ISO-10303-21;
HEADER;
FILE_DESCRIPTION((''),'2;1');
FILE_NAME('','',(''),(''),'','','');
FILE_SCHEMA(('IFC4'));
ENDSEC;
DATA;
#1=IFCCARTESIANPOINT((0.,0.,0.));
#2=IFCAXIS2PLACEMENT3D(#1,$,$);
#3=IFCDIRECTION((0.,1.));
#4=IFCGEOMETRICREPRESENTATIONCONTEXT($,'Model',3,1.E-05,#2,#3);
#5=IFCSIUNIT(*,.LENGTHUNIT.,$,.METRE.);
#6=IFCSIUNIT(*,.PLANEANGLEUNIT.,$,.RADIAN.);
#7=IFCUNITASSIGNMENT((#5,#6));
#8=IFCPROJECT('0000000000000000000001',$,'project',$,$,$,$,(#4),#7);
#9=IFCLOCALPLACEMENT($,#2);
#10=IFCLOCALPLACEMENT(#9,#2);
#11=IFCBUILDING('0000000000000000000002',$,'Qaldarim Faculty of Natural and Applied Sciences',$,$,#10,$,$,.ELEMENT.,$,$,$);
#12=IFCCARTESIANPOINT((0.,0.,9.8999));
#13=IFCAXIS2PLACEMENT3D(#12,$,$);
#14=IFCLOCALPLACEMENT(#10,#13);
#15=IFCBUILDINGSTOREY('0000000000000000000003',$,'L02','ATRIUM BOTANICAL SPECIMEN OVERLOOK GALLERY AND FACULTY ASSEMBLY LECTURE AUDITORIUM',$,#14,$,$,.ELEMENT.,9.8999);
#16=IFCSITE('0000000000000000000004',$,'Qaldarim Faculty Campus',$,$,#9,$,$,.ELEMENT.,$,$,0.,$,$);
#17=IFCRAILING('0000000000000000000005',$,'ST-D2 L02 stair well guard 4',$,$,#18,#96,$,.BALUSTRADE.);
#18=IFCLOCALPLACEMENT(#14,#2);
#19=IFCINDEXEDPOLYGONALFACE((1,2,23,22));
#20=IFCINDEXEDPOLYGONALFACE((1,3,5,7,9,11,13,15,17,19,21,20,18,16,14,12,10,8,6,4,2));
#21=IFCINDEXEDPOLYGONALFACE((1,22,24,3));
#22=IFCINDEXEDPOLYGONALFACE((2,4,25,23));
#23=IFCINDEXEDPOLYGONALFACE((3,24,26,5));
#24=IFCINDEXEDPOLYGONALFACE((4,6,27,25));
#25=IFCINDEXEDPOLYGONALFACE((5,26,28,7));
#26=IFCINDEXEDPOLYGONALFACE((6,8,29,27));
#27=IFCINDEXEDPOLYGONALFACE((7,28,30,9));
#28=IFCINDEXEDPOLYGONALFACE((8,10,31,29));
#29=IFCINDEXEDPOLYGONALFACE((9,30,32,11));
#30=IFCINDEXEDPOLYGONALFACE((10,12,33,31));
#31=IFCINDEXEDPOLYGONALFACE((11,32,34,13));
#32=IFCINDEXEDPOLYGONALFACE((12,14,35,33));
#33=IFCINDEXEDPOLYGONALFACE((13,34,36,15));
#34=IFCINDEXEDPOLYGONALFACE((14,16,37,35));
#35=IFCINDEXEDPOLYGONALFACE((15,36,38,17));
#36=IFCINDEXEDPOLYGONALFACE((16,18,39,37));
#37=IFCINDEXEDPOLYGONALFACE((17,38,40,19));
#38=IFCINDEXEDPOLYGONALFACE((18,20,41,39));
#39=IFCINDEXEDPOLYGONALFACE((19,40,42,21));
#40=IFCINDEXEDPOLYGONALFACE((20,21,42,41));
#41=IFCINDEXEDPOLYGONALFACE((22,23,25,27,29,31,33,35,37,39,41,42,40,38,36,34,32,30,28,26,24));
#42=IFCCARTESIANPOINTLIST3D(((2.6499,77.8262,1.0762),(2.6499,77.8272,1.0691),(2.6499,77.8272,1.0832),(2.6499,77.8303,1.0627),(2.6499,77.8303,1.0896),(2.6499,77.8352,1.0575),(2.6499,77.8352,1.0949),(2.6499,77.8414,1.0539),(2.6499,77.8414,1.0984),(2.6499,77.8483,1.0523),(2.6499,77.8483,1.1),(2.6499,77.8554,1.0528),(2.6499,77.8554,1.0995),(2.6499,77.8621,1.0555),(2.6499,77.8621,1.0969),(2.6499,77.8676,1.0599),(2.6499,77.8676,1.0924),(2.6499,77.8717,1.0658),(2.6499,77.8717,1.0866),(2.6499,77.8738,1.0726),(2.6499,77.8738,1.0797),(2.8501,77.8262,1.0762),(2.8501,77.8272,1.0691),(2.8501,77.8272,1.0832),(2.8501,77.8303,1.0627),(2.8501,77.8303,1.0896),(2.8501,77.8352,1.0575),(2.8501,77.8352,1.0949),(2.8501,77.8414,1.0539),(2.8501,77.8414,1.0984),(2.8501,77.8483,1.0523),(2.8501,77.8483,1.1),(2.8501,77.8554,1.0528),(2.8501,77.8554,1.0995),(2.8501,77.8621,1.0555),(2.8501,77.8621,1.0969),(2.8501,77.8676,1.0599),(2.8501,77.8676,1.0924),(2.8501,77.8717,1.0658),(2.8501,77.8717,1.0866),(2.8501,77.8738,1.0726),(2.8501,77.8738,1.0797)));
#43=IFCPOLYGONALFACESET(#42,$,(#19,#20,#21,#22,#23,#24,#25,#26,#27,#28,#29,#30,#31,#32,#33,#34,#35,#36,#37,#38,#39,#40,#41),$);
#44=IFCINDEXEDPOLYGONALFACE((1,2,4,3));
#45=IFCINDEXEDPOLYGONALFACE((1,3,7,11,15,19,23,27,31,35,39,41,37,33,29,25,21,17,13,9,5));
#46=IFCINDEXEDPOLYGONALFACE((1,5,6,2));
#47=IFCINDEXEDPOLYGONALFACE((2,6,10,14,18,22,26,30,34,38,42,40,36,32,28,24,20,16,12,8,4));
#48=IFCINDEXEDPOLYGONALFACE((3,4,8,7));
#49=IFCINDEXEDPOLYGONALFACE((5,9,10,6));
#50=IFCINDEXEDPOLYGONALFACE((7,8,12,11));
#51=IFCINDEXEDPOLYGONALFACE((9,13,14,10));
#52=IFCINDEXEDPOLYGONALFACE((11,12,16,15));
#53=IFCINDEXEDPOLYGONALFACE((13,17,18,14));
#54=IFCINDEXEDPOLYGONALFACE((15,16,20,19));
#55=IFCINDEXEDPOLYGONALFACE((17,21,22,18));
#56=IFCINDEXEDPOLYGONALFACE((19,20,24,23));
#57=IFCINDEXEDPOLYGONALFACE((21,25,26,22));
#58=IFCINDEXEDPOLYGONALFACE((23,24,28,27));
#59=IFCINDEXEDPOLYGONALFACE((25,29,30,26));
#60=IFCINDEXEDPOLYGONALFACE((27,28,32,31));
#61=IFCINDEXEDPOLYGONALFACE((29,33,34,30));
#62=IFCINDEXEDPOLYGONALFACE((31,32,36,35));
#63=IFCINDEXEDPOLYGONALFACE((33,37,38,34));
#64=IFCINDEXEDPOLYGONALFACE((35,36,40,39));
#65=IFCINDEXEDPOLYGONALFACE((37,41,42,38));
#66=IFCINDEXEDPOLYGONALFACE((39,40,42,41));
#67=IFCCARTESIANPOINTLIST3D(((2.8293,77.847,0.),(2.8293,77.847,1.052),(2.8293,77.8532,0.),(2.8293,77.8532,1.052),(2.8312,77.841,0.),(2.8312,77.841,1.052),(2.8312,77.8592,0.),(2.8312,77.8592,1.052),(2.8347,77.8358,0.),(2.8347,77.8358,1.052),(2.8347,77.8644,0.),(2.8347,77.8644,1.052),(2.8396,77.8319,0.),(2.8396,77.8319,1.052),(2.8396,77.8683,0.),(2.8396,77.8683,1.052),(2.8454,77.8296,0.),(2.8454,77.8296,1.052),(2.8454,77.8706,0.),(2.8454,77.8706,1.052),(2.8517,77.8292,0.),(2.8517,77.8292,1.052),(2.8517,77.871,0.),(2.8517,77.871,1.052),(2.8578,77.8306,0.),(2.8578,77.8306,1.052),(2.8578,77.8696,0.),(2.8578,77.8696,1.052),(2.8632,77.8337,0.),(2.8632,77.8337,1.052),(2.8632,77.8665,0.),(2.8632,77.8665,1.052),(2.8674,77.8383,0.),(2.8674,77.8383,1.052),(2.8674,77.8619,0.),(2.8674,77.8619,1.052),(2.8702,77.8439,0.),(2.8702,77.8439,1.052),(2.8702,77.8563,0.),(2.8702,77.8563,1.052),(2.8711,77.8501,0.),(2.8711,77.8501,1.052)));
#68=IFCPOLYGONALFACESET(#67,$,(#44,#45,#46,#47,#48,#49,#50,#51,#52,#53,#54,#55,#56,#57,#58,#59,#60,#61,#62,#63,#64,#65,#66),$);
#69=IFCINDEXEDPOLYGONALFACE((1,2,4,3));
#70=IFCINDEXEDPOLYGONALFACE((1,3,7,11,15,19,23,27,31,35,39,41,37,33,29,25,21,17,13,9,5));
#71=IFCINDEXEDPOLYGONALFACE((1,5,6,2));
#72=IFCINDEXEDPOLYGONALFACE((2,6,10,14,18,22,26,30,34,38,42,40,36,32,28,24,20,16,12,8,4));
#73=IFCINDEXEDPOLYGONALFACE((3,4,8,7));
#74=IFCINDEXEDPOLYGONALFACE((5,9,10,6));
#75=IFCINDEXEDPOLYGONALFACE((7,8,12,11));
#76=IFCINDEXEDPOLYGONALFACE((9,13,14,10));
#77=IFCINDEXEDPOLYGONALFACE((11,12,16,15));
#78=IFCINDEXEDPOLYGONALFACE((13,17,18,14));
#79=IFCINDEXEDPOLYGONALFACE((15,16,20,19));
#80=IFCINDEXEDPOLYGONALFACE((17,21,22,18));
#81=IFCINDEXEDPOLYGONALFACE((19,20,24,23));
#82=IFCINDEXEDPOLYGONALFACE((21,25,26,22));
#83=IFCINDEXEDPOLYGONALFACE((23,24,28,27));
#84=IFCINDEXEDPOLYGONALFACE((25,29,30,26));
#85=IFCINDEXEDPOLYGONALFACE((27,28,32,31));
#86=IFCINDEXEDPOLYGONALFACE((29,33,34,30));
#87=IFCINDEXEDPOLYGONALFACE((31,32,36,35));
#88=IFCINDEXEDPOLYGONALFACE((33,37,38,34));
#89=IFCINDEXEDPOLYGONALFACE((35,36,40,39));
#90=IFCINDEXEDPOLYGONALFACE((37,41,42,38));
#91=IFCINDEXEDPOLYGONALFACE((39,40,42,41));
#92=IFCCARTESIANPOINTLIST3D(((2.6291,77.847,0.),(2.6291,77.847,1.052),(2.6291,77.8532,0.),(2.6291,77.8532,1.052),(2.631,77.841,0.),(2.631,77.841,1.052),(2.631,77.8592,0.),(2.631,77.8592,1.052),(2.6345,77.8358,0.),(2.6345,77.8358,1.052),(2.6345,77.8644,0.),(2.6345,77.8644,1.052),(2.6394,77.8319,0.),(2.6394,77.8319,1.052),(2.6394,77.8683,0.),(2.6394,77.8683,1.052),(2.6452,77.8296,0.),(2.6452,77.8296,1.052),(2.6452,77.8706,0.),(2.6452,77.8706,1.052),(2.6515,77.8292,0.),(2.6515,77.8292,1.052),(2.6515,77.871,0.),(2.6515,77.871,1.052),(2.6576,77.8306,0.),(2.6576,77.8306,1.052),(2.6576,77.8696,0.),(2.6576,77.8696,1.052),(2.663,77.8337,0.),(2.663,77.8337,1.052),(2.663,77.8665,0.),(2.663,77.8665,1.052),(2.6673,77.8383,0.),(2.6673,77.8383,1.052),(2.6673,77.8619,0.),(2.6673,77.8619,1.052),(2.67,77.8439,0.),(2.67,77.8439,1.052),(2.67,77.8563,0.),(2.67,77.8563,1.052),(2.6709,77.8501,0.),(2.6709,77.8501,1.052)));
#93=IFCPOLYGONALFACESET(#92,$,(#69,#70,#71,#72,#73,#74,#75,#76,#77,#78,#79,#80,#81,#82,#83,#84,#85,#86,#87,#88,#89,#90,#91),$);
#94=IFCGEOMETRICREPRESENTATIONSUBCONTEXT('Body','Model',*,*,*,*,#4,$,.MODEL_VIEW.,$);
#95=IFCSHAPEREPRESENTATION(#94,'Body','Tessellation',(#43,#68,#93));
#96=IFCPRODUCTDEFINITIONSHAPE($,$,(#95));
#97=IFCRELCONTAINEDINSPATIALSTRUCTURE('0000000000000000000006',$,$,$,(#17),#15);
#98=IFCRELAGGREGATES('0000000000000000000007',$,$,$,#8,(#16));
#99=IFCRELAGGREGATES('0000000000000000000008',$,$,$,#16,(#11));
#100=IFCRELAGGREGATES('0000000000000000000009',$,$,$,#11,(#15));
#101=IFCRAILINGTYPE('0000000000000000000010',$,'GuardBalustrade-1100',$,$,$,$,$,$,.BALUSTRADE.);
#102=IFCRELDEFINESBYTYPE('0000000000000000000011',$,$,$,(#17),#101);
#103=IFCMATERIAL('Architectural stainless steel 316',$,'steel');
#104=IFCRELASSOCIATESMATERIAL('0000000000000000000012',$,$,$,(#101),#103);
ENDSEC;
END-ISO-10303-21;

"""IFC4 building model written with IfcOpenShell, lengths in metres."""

from ifc_helpers import new_model, si_unit, direction, frame, origin, origin_2d, place, context, subcontext, project, spatial, circle, extrude, material, type_object, element, save


model = new_model("IFC4")

# Units and contexts
model_context = context("Model", 3, precision=1e-05, world=origin(), true_north=direction((0.0, 1.0)))
body_context = subcontext(model_context, "Body", "Model", "MODEL_VIEW")
ifc_project = project(units=[si_unit("LENGTHUNIT", "METRE"), si_unit("PLANEANGLEUNIT", "RADIAN")], contexts=[model_context])

# Site, building, storey
site_placement = place(None, origin())
site = spatial("IfcSite", under=ifc_project, at=site_placement, Name="Qaldarim Faculty Campus", CompositionType="ELEMENT", RefElevation=0.0)
building_placement = place(site_placement, origin())
building = spatial("IfcBuilding", under=site, at=building_placement, Name="Qaldarim Faculty of Natural and Applied Sciences", CompositionType="ELEMENT")
storey_placement = place(building_placement, frame((0.0, 0.0, 9.8999)))
storey = spatial("IfcBuildingStorey", under=building, at=storey_placement, Name="L02", Description="ATRIUM BOTANICAL SPECIMEN OVERLOOK GALLERY AND FACULTY ASSEMBLY LECTURE AUDITORIUM", CompositionType="ELEMENT", Elevation=9.8999)

# Shared definitions
ifc_material_1 = material(Name="Architectural stainless steel 316", Category="steel")

# Railing
railing_type_1 = type_object("IfcRailingType", Name="GuardBalustrade-1100", PredefinedType="BALUSTRADE", material=ifc_material_1)
railing_1_placement = place(storey_placement, frame((2.8501, 77.8501, 0.0)))
element("IfcRailing", 1, at=railing_1_placement, inside=storey, type_object=railing_type_1, Name="ST-D2 L02 stair well guard 4", PredefinedType="BALUSTRADE", context=body_context, shape_type="SweptSolid", body=[
    extrude(circle(Radius=0.0239, at=origin_2d()), frame((0.0, 0.0, 1.0762), z_axis=(-1.0, 0.0, 0.0), x_axis=(0.0, -1.0, 0.0)), (0.0, 0.0, 1.0), 0.2002),
    extrude(circle(Radius=0.021, at=origin_2d()), origin(), (0.0, 0.0, 1.0), 1.052),
    extrude(circle(Radius=0.021, at=origin_2d()), frame((-0.2002, 0.0, 0.0)), (0.0, 0.0, 1.0), 1.052),
])

save(model, "model.ifc")
